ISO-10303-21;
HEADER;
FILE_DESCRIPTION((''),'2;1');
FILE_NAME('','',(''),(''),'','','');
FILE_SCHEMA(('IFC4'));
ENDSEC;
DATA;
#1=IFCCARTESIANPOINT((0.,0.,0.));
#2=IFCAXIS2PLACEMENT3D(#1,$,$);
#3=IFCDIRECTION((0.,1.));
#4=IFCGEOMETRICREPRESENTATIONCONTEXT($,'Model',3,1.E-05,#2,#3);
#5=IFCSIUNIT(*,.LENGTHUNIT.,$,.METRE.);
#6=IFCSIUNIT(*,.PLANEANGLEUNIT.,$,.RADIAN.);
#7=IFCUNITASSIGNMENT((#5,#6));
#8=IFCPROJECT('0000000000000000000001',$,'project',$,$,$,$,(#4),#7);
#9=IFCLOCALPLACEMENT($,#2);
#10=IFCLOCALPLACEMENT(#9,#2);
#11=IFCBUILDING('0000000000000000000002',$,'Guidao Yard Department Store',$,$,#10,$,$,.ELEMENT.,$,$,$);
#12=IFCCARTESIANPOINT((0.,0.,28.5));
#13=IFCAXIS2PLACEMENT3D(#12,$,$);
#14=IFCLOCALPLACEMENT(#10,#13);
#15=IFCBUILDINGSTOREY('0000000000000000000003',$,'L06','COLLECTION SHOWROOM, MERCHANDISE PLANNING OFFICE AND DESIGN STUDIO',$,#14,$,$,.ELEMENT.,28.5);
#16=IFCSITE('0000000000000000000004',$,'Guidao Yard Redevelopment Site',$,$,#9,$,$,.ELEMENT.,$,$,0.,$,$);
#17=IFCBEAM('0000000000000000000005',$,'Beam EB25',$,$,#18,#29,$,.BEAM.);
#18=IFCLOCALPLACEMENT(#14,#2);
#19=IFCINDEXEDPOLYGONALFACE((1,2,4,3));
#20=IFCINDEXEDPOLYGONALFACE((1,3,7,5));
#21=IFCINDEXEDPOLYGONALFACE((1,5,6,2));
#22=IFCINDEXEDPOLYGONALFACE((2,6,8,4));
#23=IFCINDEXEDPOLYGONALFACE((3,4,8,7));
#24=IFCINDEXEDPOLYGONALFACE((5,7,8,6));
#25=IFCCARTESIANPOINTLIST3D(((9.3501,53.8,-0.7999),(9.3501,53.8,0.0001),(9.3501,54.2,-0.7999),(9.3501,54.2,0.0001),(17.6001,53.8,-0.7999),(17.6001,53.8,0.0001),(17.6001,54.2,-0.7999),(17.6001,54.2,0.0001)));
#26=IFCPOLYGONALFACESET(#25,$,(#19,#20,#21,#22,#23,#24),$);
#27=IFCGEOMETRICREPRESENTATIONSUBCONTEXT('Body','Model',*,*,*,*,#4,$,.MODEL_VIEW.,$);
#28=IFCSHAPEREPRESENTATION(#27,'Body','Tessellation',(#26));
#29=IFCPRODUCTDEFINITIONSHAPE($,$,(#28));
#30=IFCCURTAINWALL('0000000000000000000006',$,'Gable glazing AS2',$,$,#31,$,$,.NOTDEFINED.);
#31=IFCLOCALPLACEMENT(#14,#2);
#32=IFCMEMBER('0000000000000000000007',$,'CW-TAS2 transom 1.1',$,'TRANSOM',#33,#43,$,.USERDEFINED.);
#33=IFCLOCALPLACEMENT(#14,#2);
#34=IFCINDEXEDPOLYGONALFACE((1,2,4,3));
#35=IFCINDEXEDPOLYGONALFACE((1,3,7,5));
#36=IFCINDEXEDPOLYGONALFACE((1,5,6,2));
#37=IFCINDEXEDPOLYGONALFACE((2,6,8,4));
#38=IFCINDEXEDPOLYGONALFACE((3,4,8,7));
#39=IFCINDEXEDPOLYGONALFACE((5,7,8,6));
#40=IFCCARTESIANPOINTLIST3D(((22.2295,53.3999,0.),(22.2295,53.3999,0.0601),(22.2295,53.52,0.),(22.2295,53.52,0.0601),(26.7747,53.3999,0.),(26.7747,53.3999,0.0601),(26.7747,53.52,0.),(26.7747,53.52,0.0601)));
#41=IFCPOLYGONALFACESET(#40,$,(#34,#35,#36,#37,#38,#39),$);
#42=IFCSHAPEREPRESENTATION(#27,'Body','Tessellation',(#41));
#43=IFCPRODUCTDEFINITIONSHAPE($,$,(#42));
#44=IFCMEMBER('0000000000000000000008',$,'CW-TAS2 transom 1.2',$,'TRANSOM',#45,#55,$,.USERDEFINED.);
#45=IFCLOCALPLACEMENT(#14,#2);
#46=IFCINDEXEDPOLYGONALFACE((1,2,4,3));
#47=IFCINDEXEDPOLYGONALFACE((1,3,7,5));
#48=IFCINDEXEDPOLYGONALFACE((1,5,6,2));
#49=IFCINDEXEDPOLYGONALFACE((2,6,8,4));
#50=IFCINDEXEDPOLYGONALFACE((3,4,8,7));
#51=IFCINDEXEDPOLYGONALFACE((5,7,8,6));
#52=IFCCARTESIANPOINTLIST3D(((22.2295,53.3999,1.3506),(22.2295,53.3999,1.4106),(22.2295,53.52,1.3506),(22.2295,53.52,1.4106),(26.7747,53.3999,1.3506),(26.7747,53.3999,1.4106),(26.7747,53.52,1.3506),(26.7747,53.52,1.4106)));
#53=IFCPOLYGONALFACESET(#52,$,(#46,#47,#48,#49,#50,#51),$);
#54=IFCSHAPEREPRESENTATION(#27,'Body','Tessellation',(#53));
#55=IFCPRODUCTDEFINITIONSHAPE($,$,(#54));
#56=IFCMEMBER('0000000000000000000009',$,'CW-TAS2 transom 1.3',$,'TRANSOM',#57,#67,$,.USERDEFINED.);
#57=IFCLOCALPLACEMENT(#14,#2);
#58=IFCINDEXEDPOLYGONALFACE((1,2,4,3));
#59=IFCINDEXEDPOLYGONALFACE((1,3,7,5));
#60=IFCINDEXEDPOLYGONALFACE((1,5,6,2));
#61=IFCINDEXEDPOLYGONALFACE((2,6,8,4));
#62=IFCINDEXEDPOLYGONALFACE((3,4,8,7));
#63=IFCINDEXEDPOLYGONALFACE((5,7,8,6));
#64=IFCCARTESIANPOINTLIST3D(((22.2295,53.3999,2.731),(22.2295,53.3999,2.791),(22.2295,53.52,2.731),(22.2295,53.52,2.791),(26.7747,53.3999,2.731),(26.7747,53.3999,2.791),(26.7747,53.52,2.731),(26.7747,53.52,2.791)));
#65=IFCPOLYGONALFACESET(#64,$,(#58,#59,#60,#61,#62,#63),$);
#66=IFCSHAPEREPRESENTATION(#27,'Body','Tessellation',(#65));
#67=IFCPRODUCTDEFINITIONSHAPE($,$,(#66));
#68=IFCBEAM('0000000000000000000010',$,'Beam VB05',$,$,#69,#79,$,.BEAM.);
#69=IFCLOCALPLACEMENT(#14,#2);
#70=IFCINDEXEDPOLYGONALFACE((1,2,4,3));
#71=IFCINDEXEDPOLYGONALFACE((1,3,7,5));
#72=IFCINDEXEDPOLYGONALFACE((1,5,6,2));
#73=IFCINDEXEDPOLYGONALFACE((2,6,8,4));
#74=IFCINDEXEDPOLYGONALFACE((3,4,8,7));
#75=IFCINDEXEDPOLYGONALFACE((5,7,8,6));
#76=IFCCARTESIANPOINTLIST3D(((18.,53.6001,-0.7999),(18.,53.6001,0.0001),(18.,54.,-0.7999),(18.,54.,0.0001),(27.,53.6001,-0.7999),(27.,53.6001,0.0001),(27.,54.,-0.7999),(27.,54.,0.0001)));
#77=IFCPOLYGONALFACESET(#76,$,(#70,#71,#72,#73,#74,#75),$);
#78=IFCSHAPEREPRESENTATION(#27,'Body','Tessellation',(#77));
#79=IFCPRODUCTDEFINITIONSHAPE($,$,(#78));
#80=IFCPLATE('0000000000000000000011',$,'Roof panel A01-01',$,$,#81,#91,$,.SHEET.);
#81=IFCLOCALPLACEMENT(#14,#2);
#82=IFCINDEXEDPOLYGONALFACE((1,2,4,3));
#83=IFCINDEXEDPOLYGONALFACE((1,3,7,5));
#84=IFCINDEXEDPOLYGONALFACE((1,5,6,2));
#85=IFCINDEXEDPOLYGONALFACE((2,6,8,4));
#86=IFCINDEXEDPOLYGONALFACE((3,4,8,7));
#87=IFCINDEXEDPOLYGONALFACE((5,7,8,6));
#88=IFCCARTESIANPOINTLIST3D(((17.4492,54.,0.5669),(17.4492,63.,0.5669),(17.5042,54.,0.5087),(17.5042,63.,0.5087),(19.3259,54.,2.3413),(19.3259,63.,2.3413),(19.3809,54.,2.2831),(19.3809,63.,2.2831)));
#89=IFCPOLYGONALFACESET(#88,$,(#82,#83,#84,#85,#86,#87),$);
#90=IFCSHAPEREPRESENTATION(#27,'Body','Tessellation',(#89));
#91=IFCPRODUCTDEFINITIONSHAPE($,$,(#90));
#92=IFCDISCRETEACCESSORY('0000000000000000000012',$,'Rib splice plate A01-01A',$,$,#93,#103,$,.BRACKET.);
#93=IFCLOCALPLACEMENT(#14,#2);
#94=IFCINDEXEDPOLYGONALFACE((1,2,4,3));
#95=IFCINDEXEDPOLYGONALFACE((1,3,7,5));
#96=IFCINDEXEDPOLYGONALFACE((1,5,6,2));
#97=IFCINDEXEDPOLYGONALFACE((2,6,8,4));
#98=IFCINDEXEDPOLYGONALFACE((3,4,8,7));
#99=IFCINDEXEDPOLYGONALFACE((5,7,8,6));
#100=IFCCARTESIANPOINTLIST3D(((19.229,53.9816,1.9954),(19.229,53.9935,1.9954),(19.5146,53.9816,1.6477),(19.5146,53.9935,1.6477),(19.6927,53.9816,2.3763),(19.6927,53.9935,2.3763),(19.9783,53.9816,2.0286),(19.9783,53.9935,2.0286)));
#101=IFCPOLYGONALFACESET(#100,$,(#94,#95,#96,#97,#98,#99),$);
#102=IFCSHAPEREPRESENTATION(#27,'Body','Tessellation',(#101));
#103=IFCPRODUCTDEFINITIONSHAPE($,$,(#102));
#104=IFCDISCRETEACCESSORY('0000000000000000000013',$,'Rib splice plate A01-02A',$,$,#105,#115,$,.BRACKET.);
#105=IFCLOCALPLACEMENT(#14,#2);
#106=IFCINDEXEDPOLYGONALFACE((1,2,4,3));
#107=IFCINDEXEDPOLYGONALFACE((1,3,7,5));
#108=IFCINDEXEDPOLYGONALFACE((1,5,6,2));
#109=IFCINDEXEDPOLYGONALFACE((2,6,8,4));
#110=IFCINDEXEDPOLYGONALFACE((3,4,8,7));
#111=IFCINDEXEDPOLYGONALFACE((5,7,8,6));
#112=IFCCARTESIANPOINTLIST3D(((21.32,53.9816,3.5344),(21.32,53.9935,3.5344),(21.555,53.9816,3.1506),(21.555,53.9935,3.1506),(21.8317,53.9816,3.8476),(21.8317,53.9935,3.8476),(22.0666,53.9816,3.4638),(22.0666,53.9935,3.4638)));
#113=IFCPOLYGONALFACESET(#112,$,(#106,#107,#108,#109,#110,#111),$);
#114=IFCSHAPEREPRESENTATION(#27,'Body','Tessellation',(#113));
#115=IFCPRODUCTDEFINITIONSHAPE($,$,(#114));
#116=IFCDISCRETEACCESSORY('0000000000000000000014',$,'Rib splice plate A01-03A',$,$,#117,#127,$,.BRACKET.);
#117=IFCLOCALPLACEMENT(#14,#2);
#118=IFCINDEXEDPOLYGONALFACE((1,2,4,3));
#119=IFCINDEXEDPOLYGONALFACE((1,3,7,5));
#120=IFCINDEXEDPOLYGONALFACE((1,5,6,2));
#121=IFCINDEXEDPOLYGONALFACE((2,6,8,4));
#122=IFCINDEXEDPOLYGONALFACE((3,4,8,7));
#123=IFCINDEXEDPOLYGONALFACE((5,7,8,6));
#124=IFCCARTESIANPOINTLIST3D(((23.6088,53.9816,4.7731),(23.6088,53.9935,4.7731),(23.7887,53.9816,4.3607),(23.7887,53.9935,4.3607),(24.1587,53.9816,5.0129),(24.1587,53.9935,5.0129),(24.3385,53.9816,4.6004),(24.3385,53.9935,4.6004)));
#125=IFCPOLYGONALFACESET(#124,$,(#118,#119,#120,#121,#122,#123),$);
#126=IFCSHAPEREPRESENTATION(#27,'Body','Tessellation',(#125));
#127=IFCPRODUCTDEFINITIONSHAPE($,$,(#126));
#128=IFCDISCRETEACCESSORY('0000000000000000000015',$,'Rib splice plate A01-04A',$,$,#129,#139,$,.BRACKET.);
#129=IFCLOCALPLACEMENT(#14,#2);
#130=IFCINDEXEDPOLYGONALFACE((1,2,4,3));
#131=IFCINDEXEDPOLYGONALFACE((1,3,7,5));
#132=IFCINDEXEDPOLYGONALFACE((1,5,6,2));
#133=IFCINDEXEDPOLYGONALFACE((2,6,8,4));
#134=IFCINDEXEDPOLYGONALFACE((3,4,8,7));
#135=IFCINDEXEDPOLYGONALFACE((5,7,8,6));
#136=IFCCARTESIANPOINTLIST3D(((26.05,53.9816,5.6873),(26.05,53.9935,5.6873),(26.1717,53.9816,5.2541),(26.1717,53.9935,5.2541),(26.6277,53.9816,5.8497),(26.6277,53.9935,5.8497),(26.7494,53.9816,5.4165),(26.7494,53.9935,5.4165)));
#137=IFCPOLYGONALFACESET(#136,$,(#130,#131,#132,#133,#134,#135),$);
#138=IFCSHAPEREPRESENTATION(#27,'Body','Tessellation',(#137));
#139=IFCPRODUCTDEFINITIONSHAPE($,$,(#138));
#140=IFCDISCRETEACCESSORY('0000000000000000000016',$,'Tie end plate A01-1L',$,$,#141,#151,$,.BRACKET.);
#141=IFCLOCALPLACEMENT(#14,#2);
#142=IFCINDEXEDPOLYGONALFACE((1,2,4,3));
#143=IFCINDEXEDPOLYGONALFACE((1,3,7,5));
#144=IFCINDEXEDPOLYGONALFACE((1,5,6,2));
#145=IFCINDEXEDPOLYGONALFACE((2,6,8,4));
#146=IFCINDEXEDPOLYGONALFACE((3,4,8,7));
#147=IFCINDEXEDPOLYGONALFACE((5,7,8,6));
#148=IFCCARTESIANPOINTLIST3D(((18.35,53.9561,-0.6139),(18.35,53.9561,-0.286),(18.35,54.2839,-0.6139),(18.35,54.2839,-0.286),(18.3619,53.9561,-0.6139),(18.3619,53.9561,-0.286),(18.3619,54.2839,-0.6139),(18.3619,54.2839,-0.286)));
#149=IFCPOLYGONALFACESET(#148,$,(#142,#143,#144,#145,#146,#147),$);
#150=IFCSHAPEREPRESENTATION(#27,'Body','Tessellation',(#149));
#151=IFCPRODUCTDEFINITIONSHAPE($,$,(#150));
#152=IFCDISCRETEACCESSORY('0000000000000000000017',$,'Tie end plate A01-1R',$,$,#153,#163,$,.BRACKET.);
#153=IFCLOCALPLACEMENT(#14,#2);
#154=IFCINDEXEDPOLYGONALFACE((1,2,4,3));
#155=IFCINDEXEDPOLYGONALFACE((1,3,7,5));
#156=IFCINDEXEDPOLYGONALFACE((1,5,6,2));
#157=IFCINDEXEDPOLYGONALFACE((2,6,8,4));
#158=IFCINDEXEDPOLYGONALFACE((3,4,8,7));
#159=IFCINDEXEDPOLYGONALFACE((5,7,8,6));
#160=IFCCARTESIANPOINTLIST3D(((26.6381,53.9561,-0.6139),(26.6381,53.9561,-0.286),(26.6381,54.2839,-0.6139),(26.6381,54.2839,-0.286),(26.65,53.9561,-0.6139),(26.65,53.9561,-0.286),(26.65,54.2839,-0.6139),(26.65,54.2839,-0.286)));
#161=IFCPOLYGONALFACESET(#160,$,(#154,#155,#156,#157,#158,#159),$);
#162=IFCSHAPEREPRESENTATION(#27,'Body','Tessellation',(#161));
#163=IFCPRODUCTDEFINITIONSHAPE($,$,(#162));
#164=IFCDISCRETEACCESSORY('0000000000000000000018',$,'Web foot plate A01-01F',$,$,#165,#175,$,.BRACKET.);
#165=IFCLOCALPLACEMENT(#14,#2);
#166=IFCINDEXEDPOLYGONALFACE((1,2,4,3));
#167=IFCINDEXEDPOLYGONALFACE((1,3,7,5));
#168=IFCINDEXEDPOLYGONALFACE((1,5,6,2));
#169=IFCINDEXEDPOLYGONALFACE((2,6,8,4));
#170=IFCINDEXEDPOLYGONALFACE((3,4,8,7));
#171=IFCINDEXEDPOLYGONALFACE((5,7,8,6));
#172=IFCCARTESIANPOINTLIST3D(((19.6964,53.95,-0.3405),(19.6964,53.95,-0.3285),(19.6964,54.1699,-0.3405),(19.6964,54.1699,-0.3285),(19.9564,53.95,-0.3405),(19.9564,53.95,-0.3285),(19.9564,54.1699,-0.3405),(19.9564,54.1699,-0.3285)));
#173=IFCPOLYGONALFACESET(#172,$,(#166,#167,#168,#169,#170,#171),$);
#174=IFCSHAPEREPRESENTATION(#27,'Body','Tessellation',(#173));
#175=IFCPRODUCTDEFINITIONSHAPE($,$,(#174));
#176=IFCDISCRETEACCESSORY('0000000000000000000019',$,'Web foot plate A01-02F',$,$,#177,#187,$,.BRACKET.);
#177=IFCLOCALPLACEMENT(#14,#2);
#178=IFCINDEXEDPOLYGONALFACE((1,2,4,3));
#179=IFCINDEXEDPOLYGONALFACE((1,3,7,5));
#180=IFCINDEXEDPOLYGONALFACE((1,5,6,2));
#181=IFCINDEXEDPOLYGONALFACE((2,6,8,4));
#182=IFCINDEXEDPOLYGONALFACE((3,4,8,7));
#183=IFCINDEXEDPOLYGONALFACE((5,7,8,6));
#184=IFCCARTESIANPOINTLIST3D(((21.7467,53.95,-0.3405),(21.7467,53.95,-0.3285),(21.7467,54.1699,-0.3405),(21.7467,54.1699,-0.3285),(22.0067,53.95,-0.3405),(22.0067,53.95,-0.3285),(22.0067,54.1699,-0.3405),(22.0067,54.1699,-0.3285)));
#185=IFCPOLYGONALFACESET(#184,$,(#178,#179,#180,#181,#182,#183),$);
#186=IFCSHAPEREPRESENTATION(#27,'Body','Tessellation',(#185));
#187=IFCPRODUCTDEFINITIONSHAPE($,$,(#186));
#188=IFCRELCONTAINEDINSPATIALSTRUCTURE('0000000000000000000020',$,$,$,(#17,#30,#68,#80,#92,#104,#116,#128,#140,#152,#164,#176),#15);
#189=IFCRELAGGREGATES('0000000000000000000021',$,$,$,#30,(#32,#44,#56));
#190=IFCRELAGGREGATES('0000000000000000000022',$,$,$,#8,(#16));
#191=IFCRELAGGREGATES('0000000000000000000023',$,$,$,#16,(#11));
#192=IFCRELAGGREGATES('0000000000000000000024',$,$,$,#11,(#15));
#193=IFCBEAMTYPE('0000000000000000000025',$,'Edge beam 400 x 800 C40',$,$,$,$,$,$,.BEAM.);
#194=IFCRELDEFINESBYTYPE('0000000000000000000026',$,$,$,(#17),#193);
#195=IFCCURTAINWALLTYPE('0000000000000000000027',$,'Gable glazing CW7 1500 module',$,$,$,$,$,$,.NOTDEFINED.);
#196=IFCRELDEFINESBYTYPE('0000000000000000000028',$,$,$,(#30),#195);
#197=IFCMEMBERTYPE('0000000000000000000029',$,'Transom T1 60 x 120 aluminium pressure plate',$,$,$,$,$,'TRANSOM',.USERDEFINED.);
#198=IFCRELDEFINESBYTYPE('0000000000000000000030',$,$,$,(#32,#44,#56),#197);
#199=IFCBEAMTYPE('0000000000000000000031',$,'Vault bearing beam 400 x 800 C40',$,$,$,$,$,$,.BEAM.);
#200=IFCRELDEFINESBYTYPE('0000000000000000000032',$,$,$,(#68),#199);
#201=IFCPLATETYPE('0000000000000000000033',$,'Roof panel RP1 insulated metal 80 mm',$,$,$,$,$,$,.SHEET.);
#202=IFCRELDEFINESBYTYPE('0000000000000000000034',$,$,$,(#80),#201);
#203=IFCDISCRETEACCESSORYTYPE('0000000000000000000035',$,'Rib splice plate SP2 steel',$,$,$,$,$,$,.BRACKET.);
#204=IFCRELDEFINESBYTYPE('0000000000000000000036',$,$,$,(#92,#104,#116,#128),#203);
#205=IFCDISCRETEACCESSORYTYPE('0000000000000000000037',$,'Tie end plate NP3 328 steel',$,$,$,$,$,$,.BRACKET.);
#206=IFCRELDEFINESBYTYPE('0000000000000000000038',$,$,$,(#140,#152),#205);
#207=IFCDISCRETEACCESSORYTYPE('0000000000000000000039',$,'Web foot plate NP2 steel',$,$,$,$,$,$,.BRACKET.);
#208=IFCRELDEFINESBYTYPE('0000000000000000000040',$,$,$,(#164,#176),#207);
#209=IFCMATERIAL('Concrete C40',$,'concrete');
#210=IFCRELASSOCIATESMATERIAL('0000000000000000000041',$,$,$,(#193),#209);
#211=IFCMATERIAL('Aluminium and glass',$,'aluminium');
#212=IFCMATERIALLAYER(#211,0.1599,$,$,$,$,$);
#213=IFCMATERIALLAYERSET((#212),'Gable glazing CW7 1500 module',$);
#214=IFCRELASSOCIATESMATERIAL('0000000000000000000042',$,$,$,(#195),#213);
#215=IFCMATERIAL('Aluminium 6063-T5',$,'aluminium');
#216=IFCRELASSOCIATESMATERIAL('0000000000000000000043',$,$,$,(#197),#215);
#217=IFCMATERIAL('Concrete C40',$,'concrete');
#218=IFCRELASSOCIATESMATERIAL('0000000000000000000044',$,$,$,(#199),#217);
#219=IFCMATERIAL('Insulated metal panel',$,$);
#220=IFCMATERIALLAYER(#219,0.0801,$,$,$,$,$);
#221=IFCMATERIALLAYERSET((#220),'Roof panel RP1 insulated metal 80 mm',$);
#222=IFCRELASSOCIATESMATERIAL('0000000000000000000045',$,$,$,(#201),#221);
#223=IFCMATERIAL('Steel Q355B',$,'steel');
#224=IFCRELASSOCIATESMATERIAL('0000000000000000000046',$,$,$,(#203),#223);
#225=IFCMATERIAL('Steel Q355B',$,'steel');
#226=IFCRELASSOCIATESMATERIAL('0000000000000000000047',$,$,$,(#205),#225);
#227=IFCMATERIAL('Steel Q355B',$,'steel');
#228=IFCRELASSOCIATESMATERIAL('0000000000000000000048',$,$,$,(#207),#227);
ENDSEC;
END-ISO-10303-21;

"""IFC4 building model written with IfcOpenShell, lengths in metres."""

from ifc_helpers import new_model, si_unit, direction, frame, origin, origin_2d, place, context, subcontext, project, spatial, polyline, rectangle, outline, extrude, material, layer, layer_set, material_profile, profile_set, type_object, element, aggregate, save


model = new_model("IFC4")

# Units and contexts
model_context = context("Model", 3, precision=1e-05, world=origin(), true_north=direction((0.0, 1.0)))
body_context = subcontext(model_context, "Body", "Model", "MODEL_VIEW")
ifc_project = project(units=[si_unit("LENGTHUNIT", "METRE"), si_unit("PLANEANGLEUNIT", "RADIAN")], contexts=[model_context])

# Site, building, storey
site_placement = place(None, origin())
site = spatial("IfcSite", under=ifc_project, at=site_placement, Name="Guidao Yard Redevelopment Site", CompositionType="ELEMENT", RefElevation=0.0)
building_placement = place(site_placement, origin())
building = spatial("IfcBuilding", under=site, at=building_placement, Name="Guidao Yard Department Store", CompositionType="ELEMENT")
storey_placement = place(building_placement, frame((0.0, 0.0, 28.5)))
storey = spatial("IfcBuildingStorey", under=building, at=storey_placement, Name="L06", Description="COLLECTION SHOWROOM, MERCHANDISE PLANNING OFFICE AND DESIGN STUDIO", CompositionType="ELEMENT", Elevation=28.5)

# Beam
ifc_material_1 = material(Name="Concrete C40", Category="concrete")
ifc_material_profile_1 = material_profile(ifc_material_1, rectangle(XDim=0.3999, YDim=0.8, at=origin_2d()), Name="Edge beam 400 x 800 C40")
ifc_profile_set_1 = profile_set([ifc_material_profile_1], Name="Concrete C40")
beam_type_1 = type_object("IfcBeamType", Name="Edge beam 400 x 800 C40", PredefinedType="BEAM", material=ifc_profile_set_1)
beam_1_placement = place(storey_placement, frame((9.3501, 54.0, -0.3999), z_axis=(1.0, 0.0, 0.0), x_axis=(0.0, 1.0, 0.0)))
element("IfcBeam", 1, at=beam_1_placement, inside=storey, type_object=beam_type_1, Name="Beam EB25", PredefinedType="BEAM", context=body_context, shape_type="SweptSolid", body=[
    extrude(rectangle(XDim=0.3999, YDim=0.8, at=origin_2d()), origin(), (0.0, 0.0, 1.0), 8.25),
])

# Curtain wall, members
ifc_material_2 = material(Name="Aluminium and glass", Category="aluminium")
ifc_layer_1 = layer(ifc_material_2, 0.1599)
ifc_layer_set_1 = layer_set([ifc_layer_1], Name="Gable glazing CW7 1500 module")
curtain_wall_type = type_object("IfcCurtainWallType", Name="Gable glazing CW7 1500 module", PredefinedType="NOTDEFINED", material=ifc_layer_set_1)
curtain_wall_placement = place(storey_placement, origin())
curtain_wall = element("IfcCurtainWall", 2, at=curtain_wall_placement, inside=storey, type_object=curtain_wall_type, Name="Gable glazing AS2", PredefinedType="NOTDEFINED")
ifc_material_3 = material(Name="Aluminium 6063-T5", Category="aluminium")
ifc_material_profile_2 = material_profile(ifc_material_3, rectangle(XDim=0.1201, YDim=0.0601, at=origin_2d()), Name="Transom T1 60 x 120 aluminium pressure plate")
ifc_profile_set_2 = profile_set([ifc_material_profile_2], Name="Aluminium 6063-T5")
member_type = type_object("IfcMemberType", Name="Transom T1 60 x 120 aluminium pressure plate", ElementType="TRANSOM", PredefinedType="USERDEFINED", material=ifc_profile_set_2)
member_1_placement = place(storey_placement, frame((26.7747, 53.46, 0.03), z_axis=(-1.0, 0.0, 0.0), x_axis=(0.0, -1.0, 0.0)))
member_1 = element("IfcMember", 3, at=member_1_placement, type_object=member_type, Name="CW-TAS2 transom 1.1", ObjectType="TRANSOM", PredefinedType="USERDEFINED", context=body_context, shape_type="SweptSolid", body=[
    extrude(rectangle(XDim=0.1201, YDim=0.0601, at=origin_2d()), origin(), (0.0, 0.0, 1.0), 4.5452),
])
member_2_placement = place(storey_placement, frame((26.7747, 53.46, 1.3806), z_axis=(-1.0, 0.0, 0.0), x_axis=(0.0, -1.0, 0.0)))
member_2 = element("IfcMember", 4, at=member_2_placement, type_object=member_type, Name="CW-TAS2 transom 1.2", ObjectType="TRANSOM", PredefinedType="USERDEFINED", context=body_context, shape_type="SweptSolid", body=[
    extrude(rectangle(XDim=0.1201, YDim=0.0601, at=origin_2d()), origin(), (0.0, 0.0, 1.0), 4.5452),
])
member_3_placement = place(storey_placement, frame((26.7747, 53.46, 2.761), z_axis=(-1.0, 0.0, 0.0), x_axis=(0.0, -1.0, 0.0)))
member_3 = element("IfcMember", 5, at=member_3_placement, type_object=member_type, Name="CW-TAS2 transom 1.3", ObjectType="TRANSOM", PredefinedType="USERDEFINED", context=body_context, shape_type="SweptSolid", body=[
    extrude(rectangle(XDim=0.1201, YDim=0.0601, at=origin_2d()), origin(), (0.0, 0.0, 1.0), 4.5452),
])
aggregate(curtain_wall, [member_1, member_2, member_3])

# Beam
ifc_material_4 = material(Name="Concrete C40", Category="concrete")
ifc_material_profile_3 = material_profile(ifc_material_4, rectangle(XDim=0.3999, YDim=0.8, at=origin_2d()), Name="Vault bearing beam 400 x 800 C40")
ifc_profile_set_3 = profile_set([ifc_material_profile_3], Name="Concrete C40")
beam_type_2 = type_object("IfcBeamType", Name="Vault bearing beam 400 x 800 C40", PredefinedType="BEAM", material=ifc_profile_set_3)
beam_2_placement = place(storey_placement, frame((18.0, 53.8, -0.3999), z_axis=(1.0, 0.0, 0.0), x_axis=(0.0, 1.0, 0.0)))
element("IfcBeam", 6, at=beam_2_placement, inside=storey, type_object=beam_type_2, Name="Beam VB05", PredefinedType="BEAM", context=body_context, shape_type="SweptSolid", body=[
    extrude(rectangle(XDim=0.3999, YDim=0.8, at=origin_2d()), origin(), (0.0, 0.0, 1.0), 9.0),
])

# Plate
ifc_material_5 = material(Name="Insulated metal panel")
ifc_layer_2 = layer(ifc_material_5, 0.0801)
ifc_layer_set_2 = layer_set([ifc_layer_2], Name="Roof panel RP1 insulated metal 80 mm")
plate_type = type_object("IfcPlateType", Name="Roof panel RP1 insulated metal 80 mm", PredefinedType="SHEET", material=ifc_layer_set_2)
plate_placement = place(storey_placement, frame((17.4492, 54.0, 0.5669), z_axis=(-0.687026, 0.0, 0.726633), x_axis=(0.726633, 0.0, 0.687026)))
element("IfcPlate", 7, at=plate_placement, inside=storey, type_object=plate_type, Name="Roof panel A01-01", PredefinedType="SHEET", context=body_context, shape_type="SweptSolid", body=[
    extrude(outline(polyline([(0.0, 0.0), (2.5827, 0.0), (2.5827, 9.0), (0.0, 9.0), (0.0, 0.0)])), origin(), (0.0, 0.0, -1.0), 0.0801),
])

# Discrete accessories
ifc_material_6 = material(Name="Steel Q355B", Category="steel")
ifc_material_profile_4 = material_profile(ifc_material_6, rectangle(XDim=0.012, YDim=0.45, at=origin_2d()), Name="Splice plate 450x12")
ifc_profile_set_4 = profile_set([ifc_material_profile_4], Name="Steel Q355B")
discrete_accessory_type_1 = type_object("IfcDiscreteAccessoryType", Name="Rib splice plate SP2 steel", PredefinedType="BRACKET", material=ifc_profile_set_4)
discrete_accessory_1_placement = place(storey_placement, frame((19.3718, 53.9875, 1.8215), z_axis=(0.772705, 0.0, 0.634765), x_axis=(0.0, 1.0, 0.0)))
element("IfcDiscreteAccessory", 8, at=discrete_accessory_1_placement, inside=storey, type_object=discrete_accessory_type_1, Name="Rib splice plate A01-01A", PredefinedType="BRACKET", context=body_context, shape_type="SweptSolid", body=[
    extrude(rectangle(XDim=0.012, YDim=0.45, at=origin_2d()), origin(), (0.0, 0.0, 1.0), 0.6001),
])
for number, where, z_axis, x_axis, name in (
    (9, (21.4375, 53.9875, 3.3425), (0.852899, 0.0, 0.522075), (0.0, 1.0, 0.0), "Rib splice plate A01-02A"),
    (10, (23.6987, 53.9875, 4.5669), (0.916642, 0.0, 0.399708), (0.0, 1.0, 0.0), "Rib splice plate A01-03A"),
):
    element("IfcDiscreteAccessory", number, at=place(storey_placement, frame(where, z_axis=z_axis, x_axis=x_axis)), inside=storey, type_object=discrete_accessory_type_1, Name=name, PredefinedType="BRACKET", context=body_context, shape_type="SweptSolid", body=[
        extrude(rectangle(XDim=0.012, YDim=0.45, at=origin_2d()), origin(), (0.0, 0.0, 1.0), 0.5999),
    ])
discrete_accessory_2_placement = place(storey_placement, frame((26.1108, 53.9875, 5.4707), z_axis=(0.962697, 0.0, 0.270581), x_axis=(0.0, 1.0, 0.0)))
element("IfcDiscreteAccessory", 11, at=discrete_accessory_2_placement, inside=storey, type_object=discrete_accessory_type_1, Name="Rib splice plate A01-04A", PredefinedType="BRACKET", context=body_context, shape_type="SweptSolid", body=[
    extrude(rectangle(XDim=0.012, YDim=0.45, at=origin_2d()), origin(), (0.0, 0.0, 1.0), 0.6001),
])
ifc_material_7 = material(Name="Steel Q355B", Category="steel")
ifc_material_profile_5 = material_profile(ifc_material_7, rectangle(XDim=0.3279, YDim=0.012, at=origin_2d()), Name="Node plate 328x12")
ifc_profile_set_5 = profile_set([ifc_material_profile_5], Name="Steel Q355B")
discrete_accessory_type_2 = type_object("IfcDiscreteAccessoryType", Name="Tie end plate NP3 328 steel", PredefinedType="BRACKET", material=ifc_profile_set_5)
for number, where, z_axis, x_axis, name in (
    (12, (18.356, 53.9561, -0.45), (0.0, 1.0, 0.0), (0.0, 0.0, 1.0), "Tie end plate A01-1L"),
    (13, (26.644, 53.9561, -0.45), (0.0, 1.0, 0.0), (0.0, 0.0, 1.0), "Tie end plate A01-1R"),
):
    element("IfcDiscreteAccessory", number, at=place(storey_placement, frame(where, z_axis=z_axis, x_axis=x_axis)), inside=storey, type_object=discrete_accessory_type_2, Name=name, PredefinedType="BRACKET", context=body_context, shape_type="SweptSolid", body=[
        extrude(rectangle(XDim=0.3279, YDim=0.012, at=origin_2d()), origin(), (0.0, 0.0, 1.0), 0.3279),
    ])
ifc_material_8 = material(Name="Steel Q355B", Category="steel")
ifc_material_profile_6 = material_profile(ifc_material_8, rectangle(XDim=0.26, YDim=0.012, at=origin_2d()), Name="Node plate 260x12")
ifc_profile_set_6 = profile_set([ifc_material_profile_6], Name="Steel Q355B")
discrete_accessory_type_3 = type_object("IfcDiscreteAccessoryType", Name="Web foot plate NP2 steel", PredefinedType="BRACKET", material=ifc_profile_set_6)
for number, where, z_axis, x_axis, name in (
    (14, (19.8264, 53.95, -0.3345), (0.0, 1.0, 0.0), (-1.0, 0.0, 0.0), "Web foot plate A01-01F"),
    (15, (21.8767, 53.95, -0.3345), (0.0, 1.0, 0.0), (-1.0, 0.0, 0.0), "Web foot plate A01-02F"),
):
    element("IfcDiscreteAccessory", number, at=place(storey_placement, frame(where, z_axis=z_axis, x_axis=x_axis)), inside=storey, type_object=discrete_accessory_type_3, Name=name, PredefinedType="BRACKET", context=body_context, shape_type="SweptSolid", body=[
        extrude(rectangle(XDim=0.26, YDim=0.012, at=origin_2d()), origin(), (0.0, 0.0, 1.0), 0.22),
    ])

save(model, "model.ifc")
